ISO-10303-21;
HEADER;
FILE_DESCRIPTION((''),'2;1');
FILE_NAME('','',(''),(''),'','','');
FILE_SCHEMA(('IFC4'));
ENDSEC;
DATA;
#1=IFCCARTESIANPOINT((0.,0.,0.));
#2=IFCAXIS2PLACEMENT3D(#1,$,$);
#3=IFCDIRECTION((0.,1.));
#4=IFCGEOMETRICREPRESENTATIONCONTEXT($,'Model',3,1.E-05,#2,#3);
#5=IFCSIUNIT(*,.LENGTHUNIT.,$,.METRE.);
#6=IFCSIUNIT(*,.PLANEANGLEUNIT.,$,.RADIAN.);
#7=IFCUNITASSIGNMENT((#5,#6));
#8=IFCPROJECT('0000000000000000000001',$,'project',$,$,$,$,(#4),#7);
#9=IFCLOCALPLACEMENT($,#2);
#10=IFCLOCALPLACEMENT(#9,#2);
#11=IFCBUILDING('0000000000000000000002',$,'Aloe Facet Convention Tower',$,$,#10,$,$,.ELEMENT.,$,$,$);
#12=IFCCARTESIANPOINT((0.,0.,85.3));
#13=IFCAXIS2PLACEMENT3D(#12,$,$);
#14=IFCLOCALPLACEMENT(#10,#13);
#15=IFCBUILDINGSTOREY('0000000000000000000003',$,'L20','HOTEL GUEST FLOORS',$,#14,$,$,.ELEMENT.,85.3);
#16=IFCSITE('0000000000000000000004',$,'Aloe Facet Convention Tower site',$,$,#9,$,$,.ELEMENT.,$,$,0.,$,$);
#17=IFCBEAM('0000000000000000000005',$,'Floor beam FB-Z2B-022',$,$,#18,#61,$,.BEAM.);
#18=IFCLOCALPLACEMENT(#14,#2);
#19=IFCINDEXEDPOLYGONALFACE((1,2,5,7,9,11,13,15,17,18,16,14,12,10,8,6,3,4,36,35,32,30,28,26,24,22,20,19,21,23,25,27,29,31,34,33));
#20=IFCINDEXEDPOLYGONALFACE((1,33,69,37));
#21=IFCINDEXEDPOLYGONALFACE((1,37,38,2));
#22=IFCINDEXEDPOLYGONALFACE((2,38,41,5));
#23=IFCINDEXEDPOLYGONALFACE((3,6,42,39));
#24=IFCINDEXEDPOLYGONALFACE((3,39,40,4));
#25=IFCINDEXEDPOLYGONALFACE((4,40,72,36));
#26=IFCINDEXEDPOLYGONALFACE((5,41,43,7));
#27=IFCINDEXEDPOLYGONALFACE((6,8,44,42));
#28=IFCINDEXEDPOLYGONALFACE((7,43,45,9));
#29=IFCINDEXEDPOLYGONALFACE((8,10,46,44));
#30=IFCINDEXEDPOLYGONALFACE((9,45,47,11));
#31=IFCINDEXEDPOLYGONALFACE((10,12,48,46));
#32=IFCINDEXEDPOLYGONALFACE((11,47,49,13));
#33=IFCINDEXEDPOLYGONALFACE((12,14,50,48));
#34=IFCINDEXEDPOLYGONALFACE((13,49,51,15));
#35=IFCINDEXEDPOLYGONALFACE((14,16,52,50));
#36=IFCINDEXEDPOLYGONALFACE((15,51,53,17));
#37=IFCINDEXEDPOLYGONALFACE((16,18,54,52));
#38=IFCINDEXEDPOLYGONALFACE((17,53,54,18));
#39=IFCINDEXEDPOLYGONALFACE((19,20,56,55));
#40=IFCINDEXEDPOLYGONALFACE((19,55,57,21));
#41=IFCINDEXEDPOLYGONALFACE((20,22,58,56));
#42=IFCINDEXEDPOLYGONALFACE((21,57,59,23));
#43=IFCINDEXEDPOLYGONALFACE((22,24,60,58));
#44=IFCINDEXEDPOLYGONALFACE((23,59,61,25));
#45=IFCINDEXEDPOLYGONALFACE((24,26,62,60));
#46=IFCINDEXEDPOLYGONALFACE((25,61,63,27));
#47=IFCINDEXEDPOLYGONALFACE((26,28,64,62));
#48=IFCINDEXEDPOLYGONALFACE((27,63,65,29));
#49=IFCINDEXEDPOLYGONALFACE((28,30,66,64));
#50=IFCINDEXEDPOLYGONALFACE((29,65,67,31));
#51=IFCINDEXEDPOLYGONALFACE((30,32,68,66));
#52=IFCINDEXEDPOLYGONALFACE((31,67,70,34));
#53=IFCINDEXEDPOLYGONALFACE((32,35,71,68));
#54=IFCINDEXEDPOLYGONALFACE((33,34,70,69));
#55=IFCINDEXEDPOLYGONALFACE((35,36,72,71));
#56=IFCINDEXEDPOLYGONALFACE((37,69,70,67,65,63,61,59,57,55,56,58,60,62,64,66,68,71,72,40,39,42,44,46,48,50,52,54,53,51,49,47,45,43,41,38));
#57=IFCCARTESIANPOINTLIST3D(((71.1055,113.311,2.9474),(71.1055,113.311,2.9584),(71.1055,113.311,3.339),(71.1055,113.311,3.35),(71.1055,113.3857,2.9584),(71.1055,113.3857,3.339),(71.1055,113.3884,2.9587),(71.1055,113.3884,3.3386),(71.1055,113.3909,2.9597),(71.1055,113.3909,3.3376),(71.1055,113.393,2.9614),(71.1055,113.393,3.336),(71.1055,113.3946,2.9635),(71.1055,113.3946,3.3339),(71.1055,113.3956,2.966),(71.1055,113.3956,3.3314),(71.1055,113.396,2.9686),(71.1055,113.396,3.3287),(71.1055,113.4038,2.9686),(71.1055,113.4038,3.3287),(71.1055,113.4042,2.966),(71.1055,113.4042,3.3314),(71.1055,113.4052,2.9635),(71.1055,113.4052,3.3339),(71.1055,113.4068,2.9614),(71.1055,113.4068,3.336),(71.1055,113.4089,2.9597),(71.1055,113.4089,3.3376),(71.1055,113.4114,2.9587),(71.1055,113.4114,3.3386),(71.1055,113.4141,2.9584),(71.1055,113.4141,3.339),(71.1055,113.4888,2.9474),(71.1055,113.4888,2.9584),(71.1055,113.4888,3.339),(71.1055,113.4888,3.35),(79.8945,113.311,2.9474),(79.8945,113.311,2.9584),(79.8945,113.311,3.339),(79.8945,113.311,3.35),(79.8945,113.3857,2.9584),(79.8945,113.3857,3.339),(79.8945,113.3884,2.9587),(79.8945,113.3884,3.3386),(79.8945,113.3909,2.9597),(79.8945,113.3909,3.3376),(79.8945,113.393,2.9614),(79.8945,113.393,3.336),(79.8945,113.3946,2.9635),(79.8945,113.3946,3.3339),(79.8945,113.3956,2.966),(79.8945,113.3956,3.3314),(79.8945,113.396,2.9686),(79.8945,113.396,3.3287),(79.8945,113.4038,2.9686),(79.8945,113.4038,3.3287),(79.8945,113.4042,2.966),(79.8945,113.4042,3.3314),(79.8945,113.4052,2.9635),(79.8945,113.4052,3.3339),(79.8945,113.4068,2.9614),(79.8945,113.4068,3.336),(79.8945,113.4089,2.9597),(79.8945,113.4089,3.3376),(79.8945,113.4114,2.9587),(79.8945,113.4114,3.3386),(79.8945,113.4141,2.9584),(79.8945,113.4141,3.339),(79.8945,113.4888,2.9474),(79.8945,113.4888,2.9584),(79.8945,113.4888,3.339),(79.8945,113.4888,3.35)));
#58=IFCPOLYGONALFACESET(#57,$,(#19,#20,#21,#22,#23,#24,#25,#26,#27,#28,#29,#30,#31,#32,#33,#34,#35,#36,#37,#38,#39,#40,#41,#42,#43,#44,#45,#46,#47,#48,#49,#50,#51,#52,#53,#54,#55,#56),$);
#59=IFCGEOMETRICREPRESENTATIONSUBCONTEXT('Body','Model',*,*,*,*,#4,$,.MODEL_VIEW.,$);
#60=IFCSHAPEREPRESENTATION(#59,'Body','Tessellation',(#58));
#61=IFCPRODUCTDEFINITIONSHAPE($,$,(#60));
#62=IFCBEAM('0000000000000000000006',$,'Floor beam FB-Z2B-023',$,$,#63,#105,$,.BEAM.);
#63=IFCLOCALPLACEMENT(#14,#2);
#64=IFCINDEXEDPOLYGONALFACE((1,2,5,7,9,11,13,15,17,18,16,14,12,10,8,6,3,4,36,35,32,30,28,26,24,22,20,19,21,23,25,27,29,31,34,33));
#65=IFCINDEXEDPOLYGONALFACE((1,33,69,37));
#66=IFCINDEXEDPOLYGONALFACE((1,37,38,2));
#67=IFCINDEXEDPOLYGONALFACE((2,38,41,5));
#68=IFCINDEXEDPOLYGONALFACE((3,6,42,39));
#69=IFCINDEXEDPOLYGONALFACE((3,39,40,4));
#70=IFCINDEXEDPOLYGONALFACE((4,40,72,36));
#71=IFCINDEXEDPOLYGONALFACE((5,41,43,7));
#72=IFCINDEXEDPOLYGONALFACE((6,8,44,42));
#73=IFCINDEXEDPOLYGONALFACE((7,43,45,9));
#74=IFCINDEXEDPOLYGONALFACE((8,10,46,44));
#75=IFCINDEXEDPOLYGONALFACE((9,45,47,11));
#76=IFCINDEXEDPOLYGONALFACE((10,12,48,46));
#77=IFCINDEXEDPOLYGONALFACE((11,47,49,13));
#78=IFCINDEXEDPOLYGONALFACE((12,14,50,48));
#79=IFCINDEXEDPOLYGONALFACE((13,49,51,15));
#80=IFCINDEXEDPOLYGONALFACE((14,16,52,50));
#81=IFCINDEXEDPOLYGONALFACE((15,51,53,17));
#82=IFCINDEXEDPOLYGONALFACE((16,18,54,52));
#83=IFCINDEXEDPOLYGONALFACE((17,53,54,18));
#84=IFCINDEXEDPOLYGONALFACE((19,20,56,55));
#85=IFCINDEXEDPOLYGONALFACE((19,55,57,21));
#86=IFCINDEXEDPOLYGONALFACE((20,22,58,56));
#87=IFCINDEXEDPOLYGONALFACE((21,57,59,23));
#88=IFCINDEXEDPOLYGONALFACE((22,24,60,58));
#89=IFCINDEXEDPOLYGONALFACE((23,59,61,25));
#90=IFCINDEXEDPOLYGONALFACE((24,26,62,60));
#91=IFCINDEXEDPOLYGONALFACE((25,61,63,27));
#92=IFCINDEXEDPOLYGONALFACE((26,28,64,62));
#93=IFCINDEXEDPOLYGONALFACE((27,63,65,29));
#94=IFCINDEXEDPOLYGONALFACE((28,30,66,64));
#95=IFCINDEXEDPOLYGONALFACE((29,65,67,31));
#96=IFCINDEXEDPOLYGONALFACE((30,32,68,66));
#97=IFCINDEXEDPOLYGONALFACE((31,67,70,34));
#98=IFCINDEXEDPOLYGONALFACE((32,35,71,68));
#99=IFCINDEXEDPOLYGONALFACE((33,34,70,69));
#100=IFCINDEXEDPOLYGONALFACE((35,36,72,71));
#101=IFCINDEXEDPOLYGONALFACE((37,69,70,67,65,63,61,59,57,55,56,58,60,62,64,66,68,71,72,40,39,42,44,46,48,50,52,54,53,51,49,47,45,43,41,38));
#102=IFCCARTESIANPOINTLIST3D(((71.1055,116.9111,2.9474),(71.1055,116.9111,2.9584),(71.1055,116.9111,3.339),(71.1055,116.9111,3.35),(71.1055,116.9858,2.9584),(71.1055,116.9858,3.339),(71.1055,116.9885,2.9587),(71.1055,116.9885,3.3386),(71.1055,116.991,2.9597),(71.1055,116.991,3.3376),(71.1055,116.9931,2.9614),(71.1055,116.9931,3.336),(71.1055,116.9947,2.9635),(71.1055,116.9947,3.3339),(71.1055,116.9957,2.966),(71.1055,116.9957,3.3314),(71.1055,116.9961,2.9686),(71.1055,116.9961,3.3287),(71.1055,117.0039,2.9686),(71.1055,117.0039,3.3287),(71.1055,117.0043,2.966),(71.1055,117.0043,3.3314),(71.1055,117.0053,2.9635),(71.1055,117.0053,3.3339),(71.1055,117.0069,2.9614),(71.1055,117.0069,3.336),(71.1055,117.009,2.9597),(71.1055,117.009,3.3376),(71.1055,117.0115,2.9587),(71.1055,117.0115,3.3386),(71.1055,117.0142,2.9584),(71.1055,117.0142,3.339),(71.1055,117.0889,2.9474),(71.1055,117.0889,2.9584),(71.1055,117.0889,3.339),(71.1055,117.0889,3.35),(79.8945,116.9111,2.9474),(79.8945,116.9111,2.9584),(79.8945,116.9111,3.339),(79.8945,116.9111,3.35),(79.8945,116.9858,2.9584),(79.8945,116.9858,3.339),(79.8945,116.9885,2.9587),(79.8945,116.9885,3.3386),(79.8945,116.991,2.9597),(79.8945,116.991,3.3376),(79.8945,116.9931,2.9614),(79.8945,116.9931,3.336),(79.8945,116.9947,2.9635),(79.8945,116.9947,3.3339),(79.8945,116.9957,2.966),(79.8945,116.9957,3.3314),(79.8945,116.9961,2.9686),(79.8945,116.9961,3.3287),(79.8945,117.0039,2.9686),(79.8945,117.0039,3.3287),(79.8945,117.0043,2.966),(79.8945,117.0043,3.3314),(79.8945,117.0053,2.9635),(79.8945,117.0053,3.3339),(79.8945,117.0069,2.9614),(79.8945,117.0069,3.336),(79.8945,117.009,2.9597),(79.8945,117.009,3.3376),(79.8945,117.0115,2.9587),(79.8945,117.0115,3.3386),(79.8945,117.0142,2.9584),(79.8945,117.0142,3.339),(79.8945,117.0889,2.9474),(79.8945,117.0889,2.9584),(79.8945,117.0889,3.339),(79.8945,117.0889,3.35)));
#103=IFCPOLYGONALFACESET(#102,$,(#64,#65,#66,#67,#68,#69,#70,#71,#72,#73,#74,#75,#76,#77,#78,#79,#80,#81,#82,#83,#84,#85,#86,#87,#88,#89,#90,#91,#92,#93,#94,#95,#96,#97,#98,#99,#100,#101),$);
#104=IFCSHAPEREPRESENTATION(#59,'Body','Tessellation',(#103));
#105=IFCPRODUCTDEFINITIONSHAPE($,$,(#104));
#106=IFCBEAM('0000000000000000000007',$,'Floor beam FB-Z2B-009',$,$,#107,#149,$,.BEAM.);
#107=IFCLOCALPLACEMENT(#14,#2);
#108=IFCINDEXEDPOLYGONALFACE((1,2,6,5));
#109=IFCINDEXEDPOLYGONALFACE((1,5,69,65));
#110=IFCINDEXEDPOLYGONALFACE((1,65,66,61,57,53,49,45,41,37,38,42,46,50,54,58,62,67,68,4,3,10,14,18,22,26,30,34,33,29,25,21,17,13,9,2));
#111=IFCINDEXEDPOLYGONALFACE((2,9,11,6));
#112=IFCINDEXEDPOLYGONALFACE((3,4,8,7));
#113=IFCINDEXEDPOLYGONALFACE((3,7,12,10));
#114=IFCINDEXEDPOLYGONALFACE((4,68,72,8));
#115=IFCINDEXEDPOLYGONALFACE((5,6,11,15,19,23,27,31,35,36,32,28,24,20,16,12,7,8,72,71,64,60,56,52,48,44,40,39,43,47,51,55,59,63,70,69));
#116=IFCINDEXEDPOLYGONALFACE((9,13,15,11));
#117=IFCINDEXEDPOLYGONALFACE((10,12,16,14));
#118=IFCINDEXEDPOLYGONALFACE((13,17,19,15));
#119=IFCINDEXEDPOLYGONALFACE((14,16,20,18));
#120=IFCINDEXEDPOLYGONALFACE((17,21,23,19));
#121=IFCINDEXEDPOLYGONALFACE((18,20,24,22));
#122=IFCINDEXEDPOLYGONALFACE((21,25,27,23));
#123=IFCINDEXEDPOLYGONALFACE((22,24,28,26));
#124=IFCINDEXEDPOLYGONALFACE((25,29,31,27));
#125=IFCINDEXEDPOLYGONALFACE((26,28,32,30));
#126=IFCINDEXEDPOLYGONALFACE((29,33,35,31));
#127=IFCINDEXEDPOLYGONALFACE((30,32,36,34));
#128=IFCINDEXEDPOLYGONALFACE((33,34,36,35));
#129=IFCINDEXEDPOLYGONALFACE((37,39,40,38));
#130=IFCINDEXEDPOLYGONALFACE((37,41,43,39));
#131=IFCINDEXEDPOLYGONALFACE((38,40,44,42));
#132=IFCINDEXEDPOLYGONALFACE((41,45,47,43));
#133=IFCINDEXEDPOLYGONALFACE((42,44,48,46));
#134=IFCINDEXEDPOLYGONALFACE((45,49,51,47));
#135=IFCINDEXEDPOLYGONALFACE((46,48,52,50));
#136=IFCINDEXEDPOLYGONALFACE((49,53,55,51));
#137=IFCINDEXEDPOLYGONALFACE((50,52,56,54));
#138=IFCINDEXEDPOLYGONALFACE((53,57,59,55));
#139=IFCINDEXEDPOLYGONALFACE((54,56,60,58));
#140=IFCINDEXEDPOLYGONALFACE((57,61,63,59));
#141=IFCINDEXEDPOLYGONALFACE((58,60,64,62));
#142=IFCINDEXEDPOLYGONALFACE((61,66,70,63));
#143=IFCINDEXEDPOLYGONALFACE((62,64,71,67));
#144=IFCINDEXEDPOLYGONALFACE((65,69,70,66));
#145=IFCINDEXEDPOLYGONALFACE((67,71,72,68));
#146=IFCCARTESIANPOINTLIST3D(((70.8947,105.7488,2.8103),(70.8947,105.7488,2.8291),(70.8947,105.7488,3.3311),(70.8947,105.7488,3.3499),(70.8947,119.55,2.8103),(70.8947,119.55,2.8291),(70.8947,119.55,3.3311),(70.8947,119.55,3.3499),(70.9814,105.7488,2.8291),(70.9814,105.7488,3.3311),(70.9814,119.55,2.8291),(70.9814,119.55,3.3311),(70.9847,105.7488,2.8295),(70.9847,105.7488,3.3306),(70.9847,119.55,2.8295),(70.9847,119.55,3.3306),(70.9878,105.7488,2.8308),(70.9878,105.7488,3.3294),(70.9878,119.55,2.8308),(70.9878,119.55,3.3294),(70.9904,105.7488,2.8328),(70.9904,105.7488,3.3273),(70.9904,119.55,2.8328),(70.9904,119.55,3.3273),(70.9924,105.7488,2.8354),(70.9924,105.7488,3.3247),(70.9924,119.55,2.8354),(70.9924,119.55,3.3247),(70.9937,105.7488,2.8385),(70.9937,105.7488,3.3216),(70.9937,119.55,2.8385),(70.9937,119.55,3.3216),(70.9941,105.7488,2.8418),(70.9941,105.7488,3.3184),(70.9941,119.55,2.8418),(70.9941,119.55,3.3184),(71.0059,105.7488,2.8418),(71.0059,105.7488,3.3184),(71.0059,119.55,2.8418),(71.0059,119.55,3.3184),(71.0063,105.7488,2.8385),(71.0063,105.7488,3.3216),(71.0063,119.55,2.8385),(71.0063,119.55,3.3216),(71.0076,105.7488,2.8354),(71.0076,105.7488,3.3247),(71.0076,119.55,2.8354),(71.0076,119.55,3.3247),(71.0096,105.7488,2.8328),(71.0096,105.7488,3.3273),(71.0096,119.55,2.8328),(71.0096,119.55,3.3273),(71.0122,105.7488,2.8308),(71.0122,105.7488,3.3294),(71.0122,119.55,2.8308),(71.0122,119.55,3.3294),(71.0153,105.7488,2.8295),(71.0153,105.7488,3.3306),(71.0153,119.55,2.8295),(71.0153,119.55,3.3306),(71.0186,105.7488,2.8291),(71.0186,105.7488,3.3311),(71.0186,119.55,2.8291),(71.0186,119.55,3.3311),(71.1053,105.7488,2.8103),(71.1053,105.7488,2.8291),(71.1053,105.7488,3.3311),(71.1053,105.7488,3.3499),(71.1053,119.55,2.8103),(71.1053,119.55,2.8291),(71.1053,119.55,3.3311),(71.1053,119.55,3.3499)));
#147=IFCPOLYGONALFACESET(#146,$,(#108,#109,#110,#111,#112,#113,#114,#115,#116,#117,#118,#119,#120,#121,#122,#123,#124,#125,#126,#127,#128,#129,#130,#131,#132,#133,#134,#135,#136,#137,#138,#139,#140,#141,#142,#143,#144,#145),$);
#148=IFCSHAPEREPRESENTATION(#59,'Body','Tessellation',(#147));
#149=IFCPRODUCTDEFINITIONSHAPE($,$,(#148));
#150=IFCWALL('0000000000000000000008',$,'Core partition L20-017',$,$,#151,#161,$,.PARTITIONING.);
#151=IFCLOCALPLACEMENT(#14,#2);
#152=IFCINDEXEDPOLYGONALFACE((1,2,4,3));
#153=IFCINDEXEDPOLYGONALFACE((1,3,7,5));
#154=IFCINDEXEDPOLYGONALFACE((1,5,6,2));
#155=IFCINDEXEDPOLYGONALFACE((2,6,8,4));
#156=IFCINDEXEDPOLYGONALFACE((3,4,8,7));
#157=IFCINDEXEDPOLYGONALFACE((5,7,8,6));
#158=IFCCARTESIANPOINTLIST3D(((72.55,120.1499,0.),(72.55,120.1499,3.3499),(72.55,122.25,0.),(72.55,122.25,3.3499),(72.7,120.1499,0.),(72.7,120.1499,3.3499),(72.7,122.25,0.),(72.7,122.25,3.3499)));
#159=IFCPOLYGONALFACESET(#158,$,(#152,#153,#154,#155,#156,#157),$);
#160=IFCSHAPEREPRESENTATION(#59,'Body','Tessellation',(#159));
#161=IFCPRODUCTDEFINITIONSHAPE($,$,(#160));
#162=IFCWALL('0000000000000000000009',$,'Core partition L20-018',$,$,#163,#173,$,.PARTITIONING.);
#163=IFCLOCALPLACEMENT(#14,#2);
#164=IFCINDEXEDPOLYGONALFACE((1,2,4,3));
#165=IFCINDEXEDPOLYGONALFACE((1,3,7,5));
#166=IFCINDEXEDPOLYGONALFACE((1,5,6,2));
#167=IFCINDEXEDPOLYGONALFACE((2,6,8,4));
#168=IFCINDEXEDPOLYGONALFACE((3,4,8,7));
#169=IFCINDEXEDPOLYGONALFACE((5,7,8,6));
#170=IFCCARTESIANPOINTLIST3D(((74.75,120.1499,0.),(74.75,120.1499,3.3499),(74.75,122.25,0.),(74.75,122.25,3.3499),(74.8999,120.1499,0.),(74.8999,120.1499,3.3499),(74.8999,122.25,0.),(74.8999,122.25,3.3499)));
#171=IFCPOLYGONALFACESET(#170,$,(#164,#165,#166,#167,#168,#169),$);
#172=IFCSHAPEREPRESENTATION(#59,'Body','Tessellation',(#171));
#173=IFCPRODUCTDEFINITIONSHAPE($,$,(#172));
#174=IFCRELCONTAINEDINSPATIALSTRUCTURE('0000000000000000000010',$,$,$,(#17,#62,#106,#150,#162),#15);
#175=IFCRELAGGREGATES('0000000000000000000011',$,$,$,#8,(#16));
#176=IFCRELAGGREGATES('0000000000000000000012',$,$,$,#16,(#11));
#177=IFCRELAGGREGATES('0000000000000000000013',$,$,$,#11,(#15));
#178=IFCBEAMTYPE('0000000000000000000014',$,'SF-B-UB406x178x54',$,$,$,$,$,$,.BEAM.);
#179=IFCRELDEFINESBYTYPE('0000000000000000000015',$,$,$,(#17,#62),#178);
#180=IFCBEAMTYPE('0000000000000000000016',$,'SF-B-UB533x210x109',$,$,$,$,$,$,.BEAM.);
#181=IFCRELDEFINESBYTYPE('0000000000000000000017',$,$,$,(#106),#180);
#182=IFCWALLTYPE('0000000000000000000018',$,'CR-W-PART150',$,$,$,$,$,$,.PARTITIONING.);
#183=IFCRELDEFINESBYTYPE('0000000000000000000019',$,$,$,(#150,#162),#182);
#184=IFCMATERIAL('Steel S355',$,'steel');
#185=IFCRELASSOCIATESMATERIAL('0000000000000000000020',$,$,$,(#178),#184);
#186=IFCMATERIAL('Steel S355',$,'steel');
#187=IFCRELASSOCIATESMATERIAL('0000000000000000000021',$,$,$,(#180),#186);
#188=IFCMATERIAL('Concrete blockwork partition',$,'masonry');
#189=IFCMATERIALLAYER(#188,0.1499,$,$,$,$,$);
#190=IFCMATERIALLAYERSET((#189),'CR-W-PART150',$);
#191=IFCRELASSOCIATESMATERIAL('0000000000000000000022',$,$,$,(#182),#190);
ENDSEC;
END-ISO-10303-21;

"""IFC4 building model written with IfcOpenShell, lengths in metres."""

from ifc_helpers import new_model, si_unit, direction, frame, frame_2d, origin, origin_2d, place, context, subcontext, project, spatial, rectangle, i_section, extrude, material, layer, layer_set, material_profile, profile_set, type_object, element, save


model = new_model("IFC4")

# Units and contexts
model_context = context("Model", 3, precision=1e-05, world=origin(), true_north=direction((0.0, 1.0)))
body_context = subcontext(model_context, "Body", "Model", "MODEL_VIEW")
ifc_project = project(units=[si_unit("LENGTHUNIT", "METRE"), si_unit("PLANEANGLEUNIT", "RADIAN")], contexts=[model_context])

# Site, building, storey
site_placement = place(None, origin())
site = spatial("IfcSite", under=ifc_project, at=site_placement, Name="Aloe Facet Convention Tower site", CompositionType="ELEMENT", RefElevation=0.0)
building_placement = place(site_placement, origin())
building = spatial("IfcBuilding", under=site, at=building_placement, Name="Aloe Facet Convention Tower", CompositionType="ELEMENT")
storey_placement = place(building_placement, frame((0.0, 0.0, 85.3)))
storey = spatial("IfcBuildingStorey", under=building, at=storey_placement, Name="L20", Description="HOTEL GUEST FLOORS", CompositionType="ELEMENT", Elevation=85.3)

# Beams
ifc_material_1 = material(Name="Steel S355", Category="steel")
ifc_material_profile_1 = material_profile(ifc_material_1, i_section(OverallWidth=0.1777, OverallDepth=0.4026, WebThickness=0.0078, FlangeThickness=0.011, FilletRadius=0.0103, at=origin_2d()), Name="UB 406x178x54")
ifc_profile_set_1 = profile_set([ifc_material_profile_1], Name="Steel S355")
beam_type_1 = type_object("IfcBeamType", Name="SF-B-UB406x178x54", PredefinedType="BEAM", material=ifc_profile_set_1)
for number, where, z_axis, x_axis, name in (
    (1, (71.1055, 113.3999, 3.1487), (1.0, 0.0, 0.0), (0.0, 1.0, 0.0), "Floor beam FB-Z2B-022"),
    (2, (71.1055, 117.0, 3.1487), (1.0, 0.0, 0.0), (0.0, 1.0, 0.0), "Floor beam FB-Z2B-023"),
):
    element("IfcBeam", number, at=place(storey_placement, frame(where, z_axis=z_axis, x_axis=x_axis)), inside=storey, type_object=beam_type_1, Name=name, PredefinedType="BEAM", context=body_context, shape_type="SweptSolid", body=[
        extrude(i_section(OverallWidth=0.1777, OverallDepth=0.4026, WebThickness=0.0078, FlangeThickness=0.011, FilletRadius=0.0103, at=origin_2d()), origin(), (0.0, 0.0, 1.0), 8.7891),
    ])
ifc_material_2 = material(Name="Steel S355", Category="steel")
ifc_material_profile_2 = material_profile(ifc_material_2, i_section(OverallWidth=0.2107, OverallDepth=0.5396, WebThickness=0.0117, FlangeThickness=0.0188, FilletRadius=0.0127, at=origin_2d()), Name="UB 533x210x109")
ifc_profile_set_2 = profile_set([ifc_material_profile_2], Name="Steel S355")
beam_type_2 = type_object("IfcBeamType", Name="SF-B-UB533x210x109", PredefinedType="BEAM", material=ifc_profile_set_2)
beam_placement = place(storey_placement, frame((71.0, 119.55, 3.0801), z_axis=(0.0, -1.0, 0.0), x_axis=(1.0, 0.0, 0.0)))
element("IfcBeam", 3, at=beam_placement, inside=storey, type_object=beam_type_2, Name="Floor beam FB-Z2B-009", PredefinedType="BEAM", context=body_context, shape_type="SweptSolid", body=[
    extrude(i_section(OverallWidth=0.2107, OverallDepth=0.5396, WebThickness=0.0117, FlangeThickness=0.0188, FilletRadius=0.0127, at=origin_2d()), origin(), (0.0, 0.0, 1.0), 13.8013),
])

# Walls
ifc_material_3 = material(Name="Concrete blockwork partition", Category="masonry")
ifc_layer_1 = layer(ifc_material_3, 0.1499)
ifc_layer_set_1 = layer_set([ifc_layer_1], Name="CR-W-PART150")
wall_type_1 = type_object("IfcWallType", Name="CR-W-PART150", PredefinedType="PARTITIONING", material=ifc_layer_set_1)
for number, where, z_axis, x_axis, name in (
    (4, (72.625, 122.25, 0.0), (0.0, 0.0, 1.0), (0.0, -1.0, 0.0), "Core partition L20-017"),
    (5, (74.825, 122.25, 0.0), (0.0, 0.0, 1.0), (0.0, -1.0, 0.0), "Core partition L20-018"),
):
    element("IfcWall", number, at=place(storey_placement, frame(where, z_axis=z_axis, x_axis=x_axis)), inside=storey, type_object=wall_type_1, Name=name, PredefinedType="PARTITIONING", context=body_context, shape_type="SweptSolid", body=[
        extrude(rectangle(XDim=2.1001, YDim=0.1499, at=frame_2d((1.05, 0.0))), origin(), (0.0, 0.0, 1.0), 3.3499),
    ])

save(model, "model.ifc")
